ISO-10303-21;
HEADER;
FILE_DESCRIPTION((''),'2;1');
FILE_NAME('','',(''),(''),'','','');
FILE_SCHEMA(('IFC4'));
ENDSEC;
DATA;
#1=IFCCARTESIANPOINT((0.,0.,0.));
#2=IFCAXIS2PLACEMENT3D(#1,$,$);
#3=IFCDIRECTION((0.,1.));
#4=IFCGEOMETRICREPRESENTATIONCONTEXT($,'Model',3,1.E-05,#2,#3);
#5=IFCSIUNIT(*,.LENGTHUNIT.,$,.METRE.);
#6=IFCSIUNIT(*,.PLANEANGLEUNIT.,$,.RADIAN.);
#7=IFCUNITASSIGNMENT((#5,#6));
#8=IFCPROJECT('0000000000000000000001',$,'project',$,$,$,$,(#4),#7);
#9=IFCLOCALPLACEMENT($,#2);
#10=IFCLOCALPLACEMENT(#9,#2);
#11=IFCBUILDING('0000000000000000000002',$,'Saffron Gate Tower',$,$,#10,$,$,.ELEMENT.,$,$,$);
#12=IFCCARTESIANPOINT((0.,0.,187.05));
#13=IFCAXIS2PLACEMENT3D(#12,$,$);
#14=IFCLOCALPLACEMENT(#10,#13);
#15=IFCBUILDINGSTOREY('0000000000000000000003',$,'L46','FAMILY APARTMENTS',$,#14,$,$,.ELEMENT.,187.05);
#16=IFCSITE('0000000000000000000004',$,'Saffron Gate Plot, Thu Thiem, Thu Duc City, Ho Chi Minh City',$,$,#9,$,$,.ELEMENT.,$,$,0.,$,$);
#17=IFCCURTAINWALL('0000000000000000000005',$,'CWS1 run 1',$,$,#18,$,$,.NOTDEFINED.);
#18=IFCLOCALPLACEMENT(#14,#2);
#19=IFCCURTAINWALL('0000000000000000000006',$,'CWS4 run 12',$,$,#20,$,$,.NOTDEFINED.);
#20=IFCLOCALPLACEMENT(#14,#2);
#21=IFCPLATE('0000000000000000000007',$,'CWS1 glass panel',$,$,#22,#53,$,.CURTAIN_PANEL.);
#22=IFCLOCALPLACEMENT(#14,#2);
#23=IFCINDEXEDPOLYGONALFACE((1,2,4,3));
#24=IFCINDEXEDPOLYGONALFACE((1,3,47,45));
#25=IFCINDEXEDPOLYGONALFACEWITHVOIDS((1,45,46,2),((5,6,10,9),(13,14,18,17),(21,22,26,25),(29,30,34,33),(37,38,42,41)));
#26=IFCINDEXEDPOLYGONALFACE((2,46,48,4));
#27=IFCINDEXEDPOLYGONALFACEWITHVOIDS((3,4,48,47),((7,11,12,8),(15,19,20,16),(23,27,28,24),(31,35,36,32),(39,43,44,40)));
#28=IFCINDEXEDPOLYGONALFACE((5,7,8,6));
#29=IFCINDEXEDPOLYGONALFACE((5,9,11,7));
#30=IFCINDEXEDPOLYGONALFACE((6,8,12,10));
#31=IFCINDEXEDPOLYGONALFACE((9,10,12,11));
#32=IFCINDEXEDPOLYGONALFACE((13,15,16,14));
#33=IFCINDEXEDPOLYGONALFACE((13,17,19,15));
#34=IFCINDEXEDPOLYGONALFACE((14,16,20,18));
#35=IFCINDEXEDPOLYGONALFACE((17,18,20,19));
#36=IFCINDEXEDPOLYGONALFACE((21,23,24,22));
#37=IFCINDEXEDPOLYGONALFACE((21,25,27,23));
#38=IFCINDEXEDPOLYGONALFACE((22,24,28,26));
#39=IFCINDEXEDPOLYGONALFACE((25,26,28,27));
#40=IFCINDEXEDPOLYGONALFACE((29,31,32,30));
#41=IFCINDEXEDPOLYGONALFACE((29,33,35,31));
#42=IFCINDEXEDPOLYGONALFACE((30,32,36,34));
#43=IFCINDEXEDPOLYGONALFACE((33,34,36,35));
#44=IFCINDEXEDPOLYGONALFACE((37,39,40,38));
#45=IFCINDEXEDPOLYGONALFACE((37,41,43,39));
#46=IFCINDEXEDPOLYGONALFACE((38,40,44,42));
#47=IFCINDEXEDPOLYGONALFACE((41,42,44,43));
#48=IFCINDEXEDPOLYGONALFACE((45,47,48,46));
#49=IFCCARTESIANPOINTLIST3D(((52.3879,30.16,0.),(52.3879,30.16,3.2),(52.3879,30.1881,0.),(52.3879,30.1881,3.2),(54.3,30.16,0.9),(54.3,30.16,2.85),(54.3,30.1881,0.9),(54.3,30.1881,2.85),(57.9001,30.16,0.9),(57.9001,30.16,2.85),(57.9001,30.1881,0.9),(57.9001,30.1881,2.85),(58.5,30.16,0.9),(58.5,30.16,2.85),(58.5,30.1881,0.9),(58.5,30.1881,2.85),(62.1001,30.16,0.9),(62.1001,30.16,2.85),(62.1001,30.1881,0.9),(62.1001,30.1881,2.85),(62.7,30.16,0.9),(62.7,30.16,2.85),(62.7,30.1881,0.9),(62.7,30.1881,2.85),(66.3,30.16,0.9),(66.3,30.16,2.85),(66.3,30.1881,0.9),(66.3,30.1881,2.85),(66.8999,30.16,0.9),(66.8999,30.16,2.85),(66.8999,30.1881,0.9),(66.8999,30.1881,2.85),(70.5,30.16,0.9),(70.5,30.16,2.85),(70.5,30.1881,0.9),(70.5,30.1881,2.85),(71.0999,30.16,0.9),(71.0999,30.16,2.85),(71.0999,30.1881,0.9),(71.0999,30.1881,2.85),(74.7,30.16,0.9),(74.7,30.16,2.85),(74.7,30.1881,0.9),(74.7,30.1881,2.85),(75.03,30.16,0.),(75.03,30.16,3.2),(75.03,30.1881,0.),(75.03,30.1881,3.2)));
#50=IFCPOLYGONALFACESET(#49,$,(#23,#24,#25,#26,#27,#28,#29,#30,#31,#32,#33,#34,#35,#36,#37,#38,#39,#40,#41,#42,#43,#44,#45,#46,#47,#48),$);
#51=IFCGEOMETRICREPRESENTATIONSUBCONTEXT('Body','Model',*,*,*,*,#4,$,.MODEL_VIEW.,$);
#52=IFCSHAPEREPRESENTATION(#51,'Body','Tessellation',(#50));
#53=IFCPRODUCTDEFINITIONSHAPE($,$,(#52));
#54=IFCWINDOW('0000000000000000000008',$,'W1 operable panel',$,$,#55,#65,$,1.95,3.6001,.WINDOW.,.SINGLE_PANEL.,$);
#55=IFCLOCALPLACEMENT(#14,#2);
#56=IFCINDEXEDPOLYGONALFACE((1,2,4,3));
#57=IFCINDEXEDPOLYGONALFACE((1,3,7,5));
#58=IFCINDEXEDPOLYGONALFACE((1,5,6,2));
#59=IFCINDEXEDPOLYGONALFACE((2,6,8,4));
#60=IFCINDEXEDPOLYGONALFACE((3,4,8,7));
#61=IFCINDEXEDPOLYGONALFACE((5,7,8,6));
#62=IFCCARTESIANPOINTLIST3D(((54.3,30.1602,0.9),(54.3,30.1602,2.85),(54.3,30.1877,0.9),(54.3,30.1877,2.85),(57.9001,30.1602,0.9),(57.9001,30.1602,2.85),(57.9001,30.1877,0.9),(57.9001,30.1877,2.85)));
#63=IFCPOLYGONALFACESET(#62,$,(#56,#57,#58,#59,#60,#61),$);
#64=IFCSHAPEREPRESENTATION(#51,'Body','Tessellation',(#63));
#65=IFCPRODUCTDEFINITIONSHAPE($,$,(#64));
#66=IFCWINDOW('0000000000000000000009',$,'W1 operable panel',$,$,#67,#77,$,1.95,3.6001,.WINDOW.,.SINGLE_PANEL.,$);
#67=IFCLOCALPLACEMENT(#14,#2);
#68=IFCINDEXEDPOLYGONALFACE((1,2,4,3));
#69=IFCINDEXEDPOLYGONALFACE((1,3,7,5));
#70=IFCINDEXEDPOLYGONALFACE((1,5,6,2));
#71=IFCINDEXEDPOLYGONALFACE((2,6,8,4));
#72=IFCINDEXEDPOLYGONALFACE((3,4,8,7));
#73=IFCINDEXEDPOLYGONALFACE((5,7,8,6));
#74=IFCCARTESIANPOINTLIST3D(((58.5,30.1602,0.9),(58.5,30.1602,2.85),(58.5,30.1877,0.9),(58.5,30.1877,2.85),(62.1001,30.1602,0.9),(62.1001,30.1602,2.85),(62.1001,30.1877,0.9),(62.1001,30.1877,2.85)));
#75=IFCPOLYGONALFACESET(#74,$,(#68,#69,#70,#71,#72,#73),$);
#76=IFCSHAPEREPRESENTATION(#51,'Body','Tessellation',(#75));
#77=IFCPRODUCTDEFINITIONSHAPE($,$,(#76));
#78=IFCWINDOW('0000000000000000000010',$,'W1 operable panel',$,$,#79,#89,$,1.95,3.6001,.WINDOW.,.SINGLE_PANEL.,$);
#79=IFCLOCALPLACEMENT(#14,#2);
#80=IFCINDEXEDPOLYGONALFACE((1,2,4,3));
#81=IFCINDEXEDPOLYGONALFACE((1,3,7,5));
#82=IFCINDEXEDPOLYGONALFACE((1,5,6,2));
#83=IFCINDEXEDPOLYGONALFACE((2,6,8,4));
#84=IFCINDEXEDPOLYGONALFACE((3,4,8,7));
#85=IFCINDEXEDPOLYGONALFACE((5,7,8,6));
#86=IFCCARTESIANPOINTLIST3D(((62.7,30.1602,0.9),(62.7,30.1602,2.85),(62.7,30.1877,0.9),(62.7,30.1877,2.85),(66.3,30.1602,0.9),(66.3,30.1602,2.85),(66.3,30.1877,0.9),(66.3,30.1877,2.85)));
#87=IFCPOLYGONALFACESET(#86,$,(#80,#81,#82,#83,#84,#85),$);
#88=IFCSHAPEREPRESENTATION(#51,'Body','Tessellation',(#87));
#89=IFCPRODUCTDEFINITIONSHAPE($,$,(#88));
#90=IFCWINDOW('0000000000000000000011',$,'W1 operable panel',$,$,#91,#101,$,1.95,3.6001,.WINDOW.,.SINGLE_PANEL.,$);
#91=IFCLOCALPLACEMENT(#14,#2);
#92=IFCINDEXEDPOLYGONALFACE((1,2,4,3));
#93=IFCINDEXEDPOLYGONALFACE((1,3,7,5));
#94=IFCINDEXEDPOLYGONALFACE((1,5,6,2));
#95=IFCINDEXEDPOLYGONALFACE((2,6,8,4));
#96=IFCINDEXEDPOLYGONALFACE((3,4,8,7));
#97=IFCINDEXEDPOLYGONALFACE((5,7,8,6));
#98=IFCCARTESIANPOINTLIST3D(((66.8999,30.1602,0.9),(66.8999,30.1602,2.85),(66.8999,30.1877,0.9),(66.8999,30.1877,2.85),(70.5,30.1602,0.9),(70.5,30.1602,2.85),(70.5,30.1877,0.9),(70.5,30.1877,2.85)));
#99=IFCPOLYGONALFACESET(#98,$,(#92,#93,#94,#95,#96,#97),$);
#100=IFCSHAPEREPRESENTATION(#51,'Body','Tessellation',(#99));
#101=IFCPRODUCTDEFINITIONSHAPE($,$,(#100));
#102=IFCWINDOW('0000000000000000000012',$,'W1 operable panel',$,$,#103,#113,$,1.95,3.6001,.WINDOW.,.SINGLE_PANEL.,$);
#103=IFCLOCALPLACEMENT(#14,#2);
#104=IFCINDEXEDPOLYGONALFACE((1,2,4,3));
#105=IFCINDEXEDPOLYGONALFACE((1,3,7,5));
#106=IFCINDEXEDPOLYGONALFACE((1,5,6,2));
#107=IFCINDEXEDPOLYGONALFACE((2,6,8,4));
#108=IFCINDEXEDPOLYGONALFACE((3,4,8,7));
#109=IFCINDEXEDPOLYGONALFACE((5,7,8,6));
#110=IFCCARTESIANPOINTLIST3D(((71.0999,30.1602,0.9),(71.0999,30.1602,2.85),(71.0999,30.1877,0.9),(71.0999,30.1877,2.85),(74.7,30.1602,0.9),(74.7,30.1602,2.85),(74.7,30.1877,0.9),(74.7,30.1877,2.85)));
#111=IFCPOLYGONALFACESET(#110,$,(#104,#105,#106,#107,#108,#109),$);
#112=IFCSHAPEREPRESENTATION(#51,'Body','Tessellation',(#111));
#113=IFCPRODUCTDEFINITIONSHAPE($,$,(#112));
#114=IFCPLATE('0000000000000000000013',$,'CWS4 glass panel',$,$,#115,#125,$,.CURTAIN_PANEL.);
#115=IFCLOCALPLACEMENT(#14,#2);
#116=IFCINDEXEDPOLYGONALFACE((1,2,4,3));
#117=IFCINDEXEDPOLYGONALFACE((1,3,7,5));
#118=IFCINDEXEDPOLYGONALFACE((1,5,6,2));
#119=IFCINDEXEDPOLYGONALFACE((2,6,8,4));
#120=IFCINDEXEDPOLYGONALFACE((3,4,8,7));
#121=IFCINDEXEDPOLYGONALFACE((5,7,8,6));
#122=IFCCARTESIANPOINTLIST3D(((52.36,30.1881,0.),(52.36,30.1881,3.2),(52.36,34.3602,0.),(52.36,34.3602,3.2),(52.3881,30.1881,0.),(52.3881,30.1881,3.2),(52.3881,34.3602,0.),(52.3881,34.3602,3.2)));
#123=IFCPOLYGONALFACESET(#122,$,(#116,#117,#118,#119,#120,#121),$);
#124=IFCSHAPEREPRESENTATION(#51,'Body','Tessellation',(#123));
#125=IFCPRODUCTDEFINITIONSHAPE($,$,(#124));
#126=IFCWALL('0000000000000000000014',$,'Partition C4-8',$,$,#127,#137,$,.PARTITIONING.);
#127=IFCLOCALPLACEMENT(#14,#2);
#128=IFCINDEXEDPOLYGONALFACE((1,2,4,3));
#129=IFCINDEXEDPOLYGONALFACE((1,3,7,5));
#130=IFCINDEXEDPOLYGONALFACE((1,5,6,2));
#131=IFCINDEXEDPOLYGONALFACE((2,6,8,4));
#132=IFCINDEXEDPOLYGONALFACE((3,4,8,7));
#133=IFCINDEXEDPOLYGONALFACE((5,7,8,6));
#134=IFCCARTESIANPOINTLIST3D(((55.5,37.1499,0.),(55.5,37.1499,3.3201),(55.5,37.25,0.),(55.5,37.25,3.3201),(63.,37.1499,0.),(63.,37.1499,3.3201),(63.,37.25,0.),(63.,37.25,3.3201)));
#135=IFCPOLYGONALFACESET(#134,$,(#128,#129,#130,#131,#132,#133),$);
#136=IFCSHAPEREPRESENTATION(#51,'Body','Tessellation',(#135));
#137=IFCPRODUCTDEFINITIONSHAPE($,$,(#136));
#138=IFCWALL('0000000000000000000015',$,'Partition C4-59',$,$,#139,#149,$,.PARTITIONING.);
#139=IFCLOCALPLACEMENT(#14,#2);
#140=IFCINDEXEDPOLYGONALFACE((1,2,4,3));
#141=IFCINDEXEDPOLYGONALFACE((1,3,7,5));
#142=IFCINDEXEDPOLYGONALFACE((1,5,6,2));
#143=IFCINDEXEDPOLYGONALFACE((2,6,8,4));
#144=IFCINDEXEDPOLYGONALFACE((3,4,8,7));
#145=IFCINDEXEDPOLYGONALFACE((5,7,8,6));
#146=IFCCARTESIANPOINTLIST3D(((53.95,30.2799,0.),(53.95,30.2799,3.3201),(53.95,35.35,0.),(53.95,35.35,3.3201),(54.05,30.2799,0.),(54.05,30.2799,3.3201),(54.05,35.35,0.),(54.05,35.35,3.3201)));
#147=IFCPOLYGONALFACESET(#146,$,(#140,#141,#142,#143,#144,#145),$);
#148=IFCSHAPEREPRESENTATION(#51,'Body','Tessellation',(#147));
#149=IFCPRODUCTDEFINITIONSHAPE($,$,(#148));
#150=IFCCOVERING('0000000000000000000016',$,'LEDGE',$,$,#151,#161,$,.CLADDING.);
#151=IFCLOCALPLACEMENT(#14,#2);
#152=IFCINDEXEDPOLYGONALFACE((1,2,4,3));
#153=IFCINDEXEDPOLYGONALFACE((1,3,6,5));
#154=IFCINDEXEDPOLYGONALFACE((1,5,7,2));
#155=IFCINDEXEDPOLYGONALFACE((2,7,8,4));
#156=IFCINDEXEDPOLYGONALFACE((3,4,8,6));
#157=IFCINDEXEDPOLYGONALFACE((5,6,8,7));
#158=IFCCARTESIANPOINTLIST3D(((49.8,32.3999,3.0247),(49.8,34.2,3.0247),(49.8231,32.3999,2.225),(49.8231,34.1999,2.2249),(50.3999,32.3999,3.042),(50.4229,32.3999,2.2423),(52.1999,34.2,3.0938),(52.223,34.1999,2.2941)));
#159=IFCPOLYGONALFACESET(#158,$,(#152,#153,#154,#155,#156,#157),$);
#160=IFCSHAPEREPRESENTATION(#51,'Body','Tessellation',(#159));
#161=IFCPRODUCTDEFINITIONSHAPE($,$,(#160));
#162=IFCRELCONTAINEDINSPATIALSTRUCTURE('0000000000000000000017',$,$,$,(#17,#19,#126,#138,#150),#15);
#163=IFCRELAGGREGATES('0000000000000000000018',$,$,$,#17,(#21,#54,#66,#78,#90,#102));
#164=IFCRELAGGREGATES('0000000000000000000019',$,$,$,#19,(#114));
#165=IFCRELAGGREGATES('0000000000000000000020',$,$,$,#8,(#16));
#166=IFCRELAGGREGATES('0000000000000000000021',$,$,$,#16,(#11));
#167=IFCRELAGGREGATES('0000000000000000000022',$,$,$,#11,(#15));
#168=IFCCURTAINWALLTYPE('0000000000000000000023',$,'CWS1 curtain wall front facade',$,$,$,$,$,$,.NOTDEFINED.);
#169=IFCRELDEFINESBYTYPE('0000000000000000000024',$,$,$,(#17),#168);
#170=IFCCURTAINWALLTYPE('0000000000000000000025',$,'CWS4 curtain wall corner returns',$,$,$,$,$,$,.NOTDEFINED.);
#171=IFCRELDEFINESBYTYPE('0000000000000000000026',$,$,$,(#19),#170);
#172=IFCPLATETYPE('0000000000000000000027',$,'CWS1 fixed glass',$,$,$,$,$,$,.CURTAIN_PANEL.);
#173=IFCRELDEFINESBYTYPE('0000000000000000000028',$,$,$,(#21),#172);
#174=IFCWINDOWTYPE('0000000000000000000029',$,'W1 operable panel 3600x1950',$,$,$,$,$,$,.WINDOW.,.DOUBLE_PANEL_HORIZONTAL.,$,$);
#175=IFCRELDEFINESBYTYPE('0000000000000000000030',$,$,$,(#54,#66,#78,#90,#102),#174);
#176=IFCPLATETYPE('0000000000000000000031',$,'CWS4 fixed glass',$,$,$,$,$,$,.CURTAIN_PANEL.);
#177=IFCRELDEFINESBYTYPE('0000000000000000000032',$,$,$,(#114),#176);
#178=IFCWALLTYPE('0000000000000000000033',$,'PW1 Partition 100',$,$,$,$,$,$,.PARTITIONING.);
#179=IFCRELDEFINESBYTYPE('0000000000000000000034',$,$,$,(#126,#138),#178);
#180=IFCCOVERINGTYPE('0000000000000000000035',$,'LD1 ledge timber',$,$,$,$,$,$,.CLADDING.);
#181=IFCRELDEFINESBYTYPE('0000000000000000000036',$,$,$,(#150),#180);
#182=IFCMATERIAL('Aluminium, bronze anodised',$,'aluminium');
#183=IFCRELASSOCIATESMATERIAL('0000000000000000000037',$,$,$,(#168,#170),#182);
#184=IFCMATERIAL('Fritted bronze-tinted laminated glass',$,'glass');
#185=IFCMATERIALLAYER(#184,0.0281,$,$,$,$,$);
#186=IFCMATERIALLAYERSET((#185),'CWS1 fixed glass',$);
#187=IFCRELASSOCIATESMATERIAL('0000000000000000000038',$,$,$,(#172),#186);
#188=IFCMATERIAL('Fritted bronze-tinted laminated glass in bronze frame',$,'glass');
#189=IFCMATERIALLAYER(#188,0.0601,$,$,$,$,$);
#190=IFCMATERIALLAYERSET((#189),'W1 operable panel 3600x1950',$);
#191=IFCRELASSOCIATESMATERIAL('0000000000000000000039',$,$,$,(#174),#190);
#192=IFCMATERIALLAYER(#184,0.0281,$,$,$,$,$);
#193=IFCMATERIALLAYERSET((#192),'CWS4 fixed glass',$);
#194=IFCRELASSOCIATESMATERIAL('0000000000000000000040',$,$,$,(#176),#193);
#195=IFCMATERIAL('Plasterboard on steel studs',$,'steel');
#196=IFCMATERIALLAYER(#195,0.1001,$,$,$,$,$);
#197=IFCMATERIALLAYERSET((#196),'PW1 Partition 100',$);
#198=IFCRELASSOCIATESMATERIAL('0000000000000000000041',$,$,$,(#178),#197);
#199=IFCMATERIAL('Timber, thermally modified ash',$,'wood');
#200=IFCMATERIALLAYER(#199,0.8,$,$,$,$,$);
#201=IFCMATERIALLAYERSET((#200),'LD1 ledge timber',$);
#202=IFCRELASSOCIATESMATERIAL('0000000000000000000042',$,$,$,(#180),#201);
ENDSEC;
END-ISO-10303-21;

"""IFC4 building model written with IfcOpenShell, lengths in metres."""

from ifc_helpers import new_model, si_unit, direction, frame, frame_2d, origin, place, context, subcontext, project, spatial, polyline, rectangle, outline, extrude, material, layer, layer_set, type_object, element, fill, aggregate, save


model = new_model("IFC4")

# Units and contexts
model_context = context("Model", 3, precision=1e-05, world=origin(), true_north=direction((0.0, 1.0)))
body_context = subcontext(model_context, "Body", "Model", "MODEL_VIEW")
ifc_project = project(units=[si_unit("LENGTHUNIT", "METRE"), si_unit("PLANEANGLEUNIT", "RADIAN")], contexts=[model_context])

# Site, building, storey
site_placement = place(None, origin())
site = spatial("IfcSite", under=ifc_project, at=site_placement, Name="Saffron Gate Plot, Thu Thiem, Thu Duc City, Ho Chi Minh City", CompositionType="ELEMENT", RefElevation=0.0)
building_placement = place(site_placement, origin())
building = spatial("IfcBuilding", under=site, at=building_placement, Name="Saffron Gate Tower", CompositionType="ELEMENT")
storey_placement = place(building_placement, frame((0.0, 0.0, 187.05)))
storey = spatial("IfcBuildingStorey", under=building, at=storey_placement, Name="L46", Description="FAMILY APARTMENTS", CompositionType="ELEMENT", Elevation=187.05)

# Curtain wall
ifc_material_1 = material(Name="Aluminium, bronze anodised", Category="aluminium")
curtain_wall_type_1 = type_object("IfcCurtainWallType", Name="CWS1 curtain wall front facade", PredefinedType="NOTDEFINED", material=ifc_material_1)
curtain_wall_1_placement = place(storey_placement, origin())
curtain_wall_1 = element("IfcCurtainWall", 1, at=curtain_wall_1_placement, inside=storey, type_object=curtain_wall_type_1, Name="CWS1 run 1", PredefinedType="NOTDEFINED")

# Curtain wall
curtain_wall_type_2 = type_object("IfcCurtainWallType", Name="CWS4 curtain wall corner returns", PredefinedType="NOTDEFINED", material=ifc_material_1)
curtain_wall_2_placement = place(storey_placement, origin())
curtain_wall_2 = element("IfcCurtainWall", 2, at=curtain_wall_2_placement, inside=storey, type_object=curtain_wall_type_2, Name="CWS4 run 12", PredefinedType="NOTDEFINED")

# Plate, openings, windows
ifc_material_2 = material(Name="Fritted bronze-tinted laminated glass", Category="glass")
ifc_layer_1 = layer(ifc_material_2, 0.0281)
ifc_layer_set_1 = layer_set([ifc_layer_1], Name="CWS1 fixed glass")
plate_type_1 = type_object("IfcPlateType", Name="CWS1 fixed glass", PredefinedType="CURTAIN_PANEL", material=ifc_layer_set_1)
plate_1_placement = place(storey_placement, frame((52.3879, 30.1741, 0.0), z_axis=(0.0, 0.0, 1.0), x_axis=(1.0, 0.0, 0.0)))
plate_1 = element("IfcPlate", 3, at=plate_1_placement, type_object=plate_type_1, Name="CWS1 glass panel", PredefinedType="CURTAIN_PANEL", context=body_context, shape_type="SweptSolid", body=[
    extrude(rectangle(XDim=22.6421, YDim=0.0281, at=frame_2d((11.321, 0.0))), origin(), (0.0, 0.0, 1.0), 3.2),
])
opening_1_placement = place(plate_1_placement, frame((1.9121, 0.0, 0.8999)))
opening_1 = element("IfcOpeningElement", 4, at=opening_1_placement, cuts=plate_1, PredefinedType="OPENING", context=body_context, shape_type="SweptSolid", body=[
    extrude(rectangle(XDim=3.6001, YDim=1.95, at=frame_2d((1.8, 0.9751))), frame((0.0, 0.0239, 0.0), z_axis=(0.0, -1.0, 0.0), x_axis=(1.0, 0.0, 0.0)), (0.0, 0.0, 1.0), 0.0481),
])
opening_2_placement = place(plate_1_placement, frame((6.1121, 0.0, 0.8999)))
opening_2 = element("IfcOpeningElement", 5, at=opening_2_placement, cuts=plate_1, PredefinedType="OPENING", context=body_context, shape_type="SweptSolid", body=[
    extrude(rectangle(XDim=3.6001, YDim=1.95, at=frame_2d((1.8, 0.9751))), frame((0.0, 0.0239, 0.0), z_axis=(0.0, -1.0, 0.0), x_axis=(1.0, 0.0, 0.0)), (0.0, 0.0, 1.0), 0.0481),
])
opening_3_placement = place(plate_1_placement, frame((10.312, 0.0, 0.8999)))
opening_3 = element("IfcOpeningElement", 6, at=opening_3_placement, cuts=plate_1, PredefinedType="OPENING", context=body_context, shape_type="SweptSolid", body=[
    extrude(rectangle(XDim=3.6001, YDim=1.95, at=frame_2d((1.8, 0.9751))), frame((0.0, 0.0239, 0.0), z_axis=(0.0, -1.0, 0.0), x_axis=(1.0, 0.0, 0.0)), (0.0, 0.0, 1.0), 0.0481),
])
opening_4_placement = place(plate_1_placement, frame((14.512, 0.0, 0.8999)))
opening_4 = element("IfcOpeningElement", 7, at=opening_4_placement, cuts=plate_1, PredefinedType="OPENING", context=body_context, shape_type="SweptSolid", body=[
    extrude(rectangle(XDim=3.6001, YDim=1.95, at=frame_2d((1.8, 0.9751))), frame((0.0, 0.0239, 0.0), z_axis=(0.0, -1.0, 0.0), x_axis=(1.0, 0.0, 0.0)), (0.0, 0.0, 1.0), 0.0481),
])
opening_5_placement = place(plate_1_placement, frame((18.7119, 0.0, 0.8999)))
opening_5 = element("IfcOpeningElement", 8, at=opening_5_placement, cuts=plate_1, PredefinedType="OPENING", context=body_context, shape_type="SweptSolid", body=[
    extrude(rectangle(XDim=3.6001, YDim=1.95, at=frame_2d((1.8, 0.9751))), frame((0.0, 0.0239, 0.0), z_axis=(0.0, -1.0, 0.0), x_axis=(1.0, 0.0, 0.0)), (0.0, 0.0, 1.0), 0.0481),
])
ifc_material_3 = material(Name="Fritted bronze-tinted laminated glass in bronze frame", Category="glass")
ifc_layer_2 = layer(ifc_material_3, 0.0601)
ifc_layer_set_2 = layer_set([ifc_layer_2], Name="W1 operable panel 3600x1950")
window_type = type_object("IfcWindowType", Name="W1 operable panel 3600x1950", PartitioningType="DOUBLE_PANEL_HORIZONTAL", PredefinedType="WINDOW", material=ifc_layer_set_2)
window_1_placement = place(opening_1_placement, origin())
window_1 = element("IfcWindow", 9, at=window_1_placement, type_object=window_type, Name="W1 operable panel", OverallHeight=1.95, OverallWidth=3.6001, PartitioningType="SINGLE_PANEL", PredefinedType="WINDOW", context=body_context, shape_type="SweptSolid", body=[
    extrude(rectangle(XDim=3.6001, YDim=1.95, at=frame_2d((1.8, 0.9751))), frame((0.0, 0.0137, 0.0), z_axis=(0.0, -1.0, 0.0), x_axis=(1.0, 0.0, 0.0)), (0.0, 0.0, 1.0), 0.0276),
])
fill(opening_1, window_1)
window_2_placement = place(opening_2_placement, origin())
window_2 = element("IfcWindow", 10, at=window_2_placement, type_object=window_type, Name="W1 operable panel", OverallHeight=1.95, OverallWidth=3.6001, PartitioningType="SINGLE_PANEL", PredefinedType="WINDOW", context=body_context, shape_type="SweptSolid", body=[
    extrude(rectangle(XDim=3.6001, YDim=1.95, at=frame_2d((1.8, 0.9751))), frame((0.0, 0.0137, 0.0), z_axis=(0.0, -1.0, 0.0), x_axis=(1.0, 0.0, 0.0)), (0.0, 0.0, 1.0), 0.0276),
])
fill(opening_2, window_2)
window_3_placement = place(opening_3_placement, origin())
window_3 = element("IfcWindow", 11, at=window_3_placement, type_object=window_type, Name="W1 operable panel", OverallHeight=1.95, OverallWidth=3.6001, PartitioningType="SINGLE_PANEL", PredefinedType="WINDOW", context=body_context, shape_type="SweptSolid", body=[
    extrude(rectangle(XDim=3.6001, YDim=1.95, at=frame_2d((1.8, 0.9751))), frame((0.0, 0.0137, 0.0), z_axis=(0.0, -1.0, 0.0), x_axis=(1.0, 0.0, 0.0)), (0.0, 0.0, 1.0), 0.0276),
])
fill(opening_3, window_3)
window_4_placement = place(opening_4_placement, origin())
window_4 = element("IfcWindow", 12, at=window_4_placement, type_object=window_type, Name="W1 operable panel", OverallHeight=1.95, OverallWidth=3.6001, PartitioningType="SINGLE_PANEL", PredefinedType="WINDOW", context=body_context, shape_type="SweptSolid", body=[
    extrude(rectangle(XDim=3.6001, YDim=1.95, at=frame_2d((1.8, 0.9751))), frame((0.0, 0.0137, 0.0), z_axis=(0.0, -1.0, 0.0), x_axis=(1.0, 0.0, 0.0)), (0.0, 0.0, 1.0), 0.0276),
])
fill(opening_4, window_4)
window_5_placement = place(opening_5_placement, origin())
window_5 = element("IfcWindow", 13, at=window_5_placement, type_object=window_type, Name="W1 operable panel", OverallHeight=1.95, OverallWidth=3.6001, PartitioningType="SINGLE_PANEL", PredefinedType="WINDOW", context=body_context, shape_type="SweptSolid", body=[
    extrude(rectangle(XDim=3.6001, YDim=1.95, at=frame_2d((1.8, 0.9751))), frame((0.0, 0.0137, 0.0), z_axis=(0.0, -1.0, 0.0), x_axis=(1.0, 0.0, 0.0)), (0.0, 0.0, 1.0), 0.0276),
])
fill(opening_5, window_5)
aggregate(curtain_wall_1, [plate_1, window_1, window_2, window_3, window_4, window_5])

# Plate
ifc_layer_3 = layer(ifc_material_2, 0.0281)
ifc_layer_set_3 = layer_set([ifc_layer_3], Name="CWS4 fixed glass")
plate_type_2 = type_object("IfcPlateType", Name="CWS4 fixed glass", PredefinedType="CURTAIN_PANEL", material=ifc_layer_set_3)
plate_2_placement = place(storey_placement, frame((52.374, 34.3601, 0.0), z_axis=(0.0, 0.0, 1.0), x_axis=(0.0, -1.0, 0.0)))
plate_2 = element("IfcPlate", 14, at=plate_2_placement, type_object=plate_type_2, Name="CWS4 glass panel", PredefinedType="CURTAIN_PANEL", context=body_context, shape_type="SweptSolid", body=[
    extrude(rectangle(XDim=4.1721, YDim=0.0281, at=frame_2d((2.0859, 0.0))), origin(), (0.0, 0.0, 1.0), 3.2),
])
aggregate(curtain_wall_2, [plate_2])

# Walls
ifc_material_4 = material(Name="Plasterboard on steel studs", Category="steel")
ifc_layer_4 = layer(ifc_material_4, 0.1001)
ifc_layer_set_4 = layer_set([ifc_layer_4], Name="PW1 Partition 100")
wall_type = type_object("IfcWallType", Name="PW1 Partition 100", PredefinedType="PARTITIONING", material=ifc_layer_set_4)
wall_1_placement = place(storey_placement, frame((55.5, 37.2, 0.0), z_axis=(0.0, 0.0, 1.0), x_axis=(1.0, 0.0, 0.0)))
element("IfcWall", 15, at=wall_1_placement, inside=storey, type_object=wall_type, Name="Partition C4-8", PredefinedType="PARTITIONING", context=body_context, shape_type="SweptSolid", body=[
    extrude(rectangle(XDim=7.5, YDim=0.1001, at=frame_2d((3.75, 0.0))), origin(), (0.0, 0.0, 1.0), 3.3201),
])
wall_2_placement = place(storey_placement, frame((54.0, 35.3501, 0.0), z_axis=(0.0, 0.0, 1.0), x_axis=(0.0, -1.0, 0.0)))
element("IfcWall", 16, at=wall_2_placement, inside=storey, type_object=wall_type, Name="Partition C4-59", PredefinedType="PARTITIONING", context=body_context, shape_type="SweptSolid", body=[
    extrude(rectangle(XDim=5.0701, YDim=0.1001, at=frame_2d((2.5352, 0.0))), origin(), (0.0, 0.0, 1.0), 3.3201),
])

# Covering
ifc_material_5 = material(Name="Timber, thermally modified ash", Category="wood")
ifc_layer_5 = layer(ifc_material_5, 0.8)
ifc_layer_set_5 = layer_set([ifc_layer_5], Name="LD1 ledge timber")
covering_type_1 = type_object("IfcCoveringType", Name="LD1 ledge timber", PredefinedType="CLADDING", material=ifc_layer_set_5)
covering_1_placement = place(storey_placement, frame((49.8, 34.2, 3.0247), z_axis=(-0.028799, 0.000029, 0.999585), x_axis=(0.999585, 0.0, 0.028799)))
element("IfcCovering", 17, at=covering_1_placement, inside=storey, type_object=covering_type_1, Name="LEDGE", PredefinedType="CLADDING", context=body_context, shape_type="SweptSolid", body=[
    extrude(outline(polyline([(0.0, 0.0), (2.4009, 0.0), (0.6001, -1.8), (0.0, -1.8), (0.0, 0.0)])), origin(), (0.0, 0.0, -1.0), 0.8),
])

save(model, "model.ifc")
